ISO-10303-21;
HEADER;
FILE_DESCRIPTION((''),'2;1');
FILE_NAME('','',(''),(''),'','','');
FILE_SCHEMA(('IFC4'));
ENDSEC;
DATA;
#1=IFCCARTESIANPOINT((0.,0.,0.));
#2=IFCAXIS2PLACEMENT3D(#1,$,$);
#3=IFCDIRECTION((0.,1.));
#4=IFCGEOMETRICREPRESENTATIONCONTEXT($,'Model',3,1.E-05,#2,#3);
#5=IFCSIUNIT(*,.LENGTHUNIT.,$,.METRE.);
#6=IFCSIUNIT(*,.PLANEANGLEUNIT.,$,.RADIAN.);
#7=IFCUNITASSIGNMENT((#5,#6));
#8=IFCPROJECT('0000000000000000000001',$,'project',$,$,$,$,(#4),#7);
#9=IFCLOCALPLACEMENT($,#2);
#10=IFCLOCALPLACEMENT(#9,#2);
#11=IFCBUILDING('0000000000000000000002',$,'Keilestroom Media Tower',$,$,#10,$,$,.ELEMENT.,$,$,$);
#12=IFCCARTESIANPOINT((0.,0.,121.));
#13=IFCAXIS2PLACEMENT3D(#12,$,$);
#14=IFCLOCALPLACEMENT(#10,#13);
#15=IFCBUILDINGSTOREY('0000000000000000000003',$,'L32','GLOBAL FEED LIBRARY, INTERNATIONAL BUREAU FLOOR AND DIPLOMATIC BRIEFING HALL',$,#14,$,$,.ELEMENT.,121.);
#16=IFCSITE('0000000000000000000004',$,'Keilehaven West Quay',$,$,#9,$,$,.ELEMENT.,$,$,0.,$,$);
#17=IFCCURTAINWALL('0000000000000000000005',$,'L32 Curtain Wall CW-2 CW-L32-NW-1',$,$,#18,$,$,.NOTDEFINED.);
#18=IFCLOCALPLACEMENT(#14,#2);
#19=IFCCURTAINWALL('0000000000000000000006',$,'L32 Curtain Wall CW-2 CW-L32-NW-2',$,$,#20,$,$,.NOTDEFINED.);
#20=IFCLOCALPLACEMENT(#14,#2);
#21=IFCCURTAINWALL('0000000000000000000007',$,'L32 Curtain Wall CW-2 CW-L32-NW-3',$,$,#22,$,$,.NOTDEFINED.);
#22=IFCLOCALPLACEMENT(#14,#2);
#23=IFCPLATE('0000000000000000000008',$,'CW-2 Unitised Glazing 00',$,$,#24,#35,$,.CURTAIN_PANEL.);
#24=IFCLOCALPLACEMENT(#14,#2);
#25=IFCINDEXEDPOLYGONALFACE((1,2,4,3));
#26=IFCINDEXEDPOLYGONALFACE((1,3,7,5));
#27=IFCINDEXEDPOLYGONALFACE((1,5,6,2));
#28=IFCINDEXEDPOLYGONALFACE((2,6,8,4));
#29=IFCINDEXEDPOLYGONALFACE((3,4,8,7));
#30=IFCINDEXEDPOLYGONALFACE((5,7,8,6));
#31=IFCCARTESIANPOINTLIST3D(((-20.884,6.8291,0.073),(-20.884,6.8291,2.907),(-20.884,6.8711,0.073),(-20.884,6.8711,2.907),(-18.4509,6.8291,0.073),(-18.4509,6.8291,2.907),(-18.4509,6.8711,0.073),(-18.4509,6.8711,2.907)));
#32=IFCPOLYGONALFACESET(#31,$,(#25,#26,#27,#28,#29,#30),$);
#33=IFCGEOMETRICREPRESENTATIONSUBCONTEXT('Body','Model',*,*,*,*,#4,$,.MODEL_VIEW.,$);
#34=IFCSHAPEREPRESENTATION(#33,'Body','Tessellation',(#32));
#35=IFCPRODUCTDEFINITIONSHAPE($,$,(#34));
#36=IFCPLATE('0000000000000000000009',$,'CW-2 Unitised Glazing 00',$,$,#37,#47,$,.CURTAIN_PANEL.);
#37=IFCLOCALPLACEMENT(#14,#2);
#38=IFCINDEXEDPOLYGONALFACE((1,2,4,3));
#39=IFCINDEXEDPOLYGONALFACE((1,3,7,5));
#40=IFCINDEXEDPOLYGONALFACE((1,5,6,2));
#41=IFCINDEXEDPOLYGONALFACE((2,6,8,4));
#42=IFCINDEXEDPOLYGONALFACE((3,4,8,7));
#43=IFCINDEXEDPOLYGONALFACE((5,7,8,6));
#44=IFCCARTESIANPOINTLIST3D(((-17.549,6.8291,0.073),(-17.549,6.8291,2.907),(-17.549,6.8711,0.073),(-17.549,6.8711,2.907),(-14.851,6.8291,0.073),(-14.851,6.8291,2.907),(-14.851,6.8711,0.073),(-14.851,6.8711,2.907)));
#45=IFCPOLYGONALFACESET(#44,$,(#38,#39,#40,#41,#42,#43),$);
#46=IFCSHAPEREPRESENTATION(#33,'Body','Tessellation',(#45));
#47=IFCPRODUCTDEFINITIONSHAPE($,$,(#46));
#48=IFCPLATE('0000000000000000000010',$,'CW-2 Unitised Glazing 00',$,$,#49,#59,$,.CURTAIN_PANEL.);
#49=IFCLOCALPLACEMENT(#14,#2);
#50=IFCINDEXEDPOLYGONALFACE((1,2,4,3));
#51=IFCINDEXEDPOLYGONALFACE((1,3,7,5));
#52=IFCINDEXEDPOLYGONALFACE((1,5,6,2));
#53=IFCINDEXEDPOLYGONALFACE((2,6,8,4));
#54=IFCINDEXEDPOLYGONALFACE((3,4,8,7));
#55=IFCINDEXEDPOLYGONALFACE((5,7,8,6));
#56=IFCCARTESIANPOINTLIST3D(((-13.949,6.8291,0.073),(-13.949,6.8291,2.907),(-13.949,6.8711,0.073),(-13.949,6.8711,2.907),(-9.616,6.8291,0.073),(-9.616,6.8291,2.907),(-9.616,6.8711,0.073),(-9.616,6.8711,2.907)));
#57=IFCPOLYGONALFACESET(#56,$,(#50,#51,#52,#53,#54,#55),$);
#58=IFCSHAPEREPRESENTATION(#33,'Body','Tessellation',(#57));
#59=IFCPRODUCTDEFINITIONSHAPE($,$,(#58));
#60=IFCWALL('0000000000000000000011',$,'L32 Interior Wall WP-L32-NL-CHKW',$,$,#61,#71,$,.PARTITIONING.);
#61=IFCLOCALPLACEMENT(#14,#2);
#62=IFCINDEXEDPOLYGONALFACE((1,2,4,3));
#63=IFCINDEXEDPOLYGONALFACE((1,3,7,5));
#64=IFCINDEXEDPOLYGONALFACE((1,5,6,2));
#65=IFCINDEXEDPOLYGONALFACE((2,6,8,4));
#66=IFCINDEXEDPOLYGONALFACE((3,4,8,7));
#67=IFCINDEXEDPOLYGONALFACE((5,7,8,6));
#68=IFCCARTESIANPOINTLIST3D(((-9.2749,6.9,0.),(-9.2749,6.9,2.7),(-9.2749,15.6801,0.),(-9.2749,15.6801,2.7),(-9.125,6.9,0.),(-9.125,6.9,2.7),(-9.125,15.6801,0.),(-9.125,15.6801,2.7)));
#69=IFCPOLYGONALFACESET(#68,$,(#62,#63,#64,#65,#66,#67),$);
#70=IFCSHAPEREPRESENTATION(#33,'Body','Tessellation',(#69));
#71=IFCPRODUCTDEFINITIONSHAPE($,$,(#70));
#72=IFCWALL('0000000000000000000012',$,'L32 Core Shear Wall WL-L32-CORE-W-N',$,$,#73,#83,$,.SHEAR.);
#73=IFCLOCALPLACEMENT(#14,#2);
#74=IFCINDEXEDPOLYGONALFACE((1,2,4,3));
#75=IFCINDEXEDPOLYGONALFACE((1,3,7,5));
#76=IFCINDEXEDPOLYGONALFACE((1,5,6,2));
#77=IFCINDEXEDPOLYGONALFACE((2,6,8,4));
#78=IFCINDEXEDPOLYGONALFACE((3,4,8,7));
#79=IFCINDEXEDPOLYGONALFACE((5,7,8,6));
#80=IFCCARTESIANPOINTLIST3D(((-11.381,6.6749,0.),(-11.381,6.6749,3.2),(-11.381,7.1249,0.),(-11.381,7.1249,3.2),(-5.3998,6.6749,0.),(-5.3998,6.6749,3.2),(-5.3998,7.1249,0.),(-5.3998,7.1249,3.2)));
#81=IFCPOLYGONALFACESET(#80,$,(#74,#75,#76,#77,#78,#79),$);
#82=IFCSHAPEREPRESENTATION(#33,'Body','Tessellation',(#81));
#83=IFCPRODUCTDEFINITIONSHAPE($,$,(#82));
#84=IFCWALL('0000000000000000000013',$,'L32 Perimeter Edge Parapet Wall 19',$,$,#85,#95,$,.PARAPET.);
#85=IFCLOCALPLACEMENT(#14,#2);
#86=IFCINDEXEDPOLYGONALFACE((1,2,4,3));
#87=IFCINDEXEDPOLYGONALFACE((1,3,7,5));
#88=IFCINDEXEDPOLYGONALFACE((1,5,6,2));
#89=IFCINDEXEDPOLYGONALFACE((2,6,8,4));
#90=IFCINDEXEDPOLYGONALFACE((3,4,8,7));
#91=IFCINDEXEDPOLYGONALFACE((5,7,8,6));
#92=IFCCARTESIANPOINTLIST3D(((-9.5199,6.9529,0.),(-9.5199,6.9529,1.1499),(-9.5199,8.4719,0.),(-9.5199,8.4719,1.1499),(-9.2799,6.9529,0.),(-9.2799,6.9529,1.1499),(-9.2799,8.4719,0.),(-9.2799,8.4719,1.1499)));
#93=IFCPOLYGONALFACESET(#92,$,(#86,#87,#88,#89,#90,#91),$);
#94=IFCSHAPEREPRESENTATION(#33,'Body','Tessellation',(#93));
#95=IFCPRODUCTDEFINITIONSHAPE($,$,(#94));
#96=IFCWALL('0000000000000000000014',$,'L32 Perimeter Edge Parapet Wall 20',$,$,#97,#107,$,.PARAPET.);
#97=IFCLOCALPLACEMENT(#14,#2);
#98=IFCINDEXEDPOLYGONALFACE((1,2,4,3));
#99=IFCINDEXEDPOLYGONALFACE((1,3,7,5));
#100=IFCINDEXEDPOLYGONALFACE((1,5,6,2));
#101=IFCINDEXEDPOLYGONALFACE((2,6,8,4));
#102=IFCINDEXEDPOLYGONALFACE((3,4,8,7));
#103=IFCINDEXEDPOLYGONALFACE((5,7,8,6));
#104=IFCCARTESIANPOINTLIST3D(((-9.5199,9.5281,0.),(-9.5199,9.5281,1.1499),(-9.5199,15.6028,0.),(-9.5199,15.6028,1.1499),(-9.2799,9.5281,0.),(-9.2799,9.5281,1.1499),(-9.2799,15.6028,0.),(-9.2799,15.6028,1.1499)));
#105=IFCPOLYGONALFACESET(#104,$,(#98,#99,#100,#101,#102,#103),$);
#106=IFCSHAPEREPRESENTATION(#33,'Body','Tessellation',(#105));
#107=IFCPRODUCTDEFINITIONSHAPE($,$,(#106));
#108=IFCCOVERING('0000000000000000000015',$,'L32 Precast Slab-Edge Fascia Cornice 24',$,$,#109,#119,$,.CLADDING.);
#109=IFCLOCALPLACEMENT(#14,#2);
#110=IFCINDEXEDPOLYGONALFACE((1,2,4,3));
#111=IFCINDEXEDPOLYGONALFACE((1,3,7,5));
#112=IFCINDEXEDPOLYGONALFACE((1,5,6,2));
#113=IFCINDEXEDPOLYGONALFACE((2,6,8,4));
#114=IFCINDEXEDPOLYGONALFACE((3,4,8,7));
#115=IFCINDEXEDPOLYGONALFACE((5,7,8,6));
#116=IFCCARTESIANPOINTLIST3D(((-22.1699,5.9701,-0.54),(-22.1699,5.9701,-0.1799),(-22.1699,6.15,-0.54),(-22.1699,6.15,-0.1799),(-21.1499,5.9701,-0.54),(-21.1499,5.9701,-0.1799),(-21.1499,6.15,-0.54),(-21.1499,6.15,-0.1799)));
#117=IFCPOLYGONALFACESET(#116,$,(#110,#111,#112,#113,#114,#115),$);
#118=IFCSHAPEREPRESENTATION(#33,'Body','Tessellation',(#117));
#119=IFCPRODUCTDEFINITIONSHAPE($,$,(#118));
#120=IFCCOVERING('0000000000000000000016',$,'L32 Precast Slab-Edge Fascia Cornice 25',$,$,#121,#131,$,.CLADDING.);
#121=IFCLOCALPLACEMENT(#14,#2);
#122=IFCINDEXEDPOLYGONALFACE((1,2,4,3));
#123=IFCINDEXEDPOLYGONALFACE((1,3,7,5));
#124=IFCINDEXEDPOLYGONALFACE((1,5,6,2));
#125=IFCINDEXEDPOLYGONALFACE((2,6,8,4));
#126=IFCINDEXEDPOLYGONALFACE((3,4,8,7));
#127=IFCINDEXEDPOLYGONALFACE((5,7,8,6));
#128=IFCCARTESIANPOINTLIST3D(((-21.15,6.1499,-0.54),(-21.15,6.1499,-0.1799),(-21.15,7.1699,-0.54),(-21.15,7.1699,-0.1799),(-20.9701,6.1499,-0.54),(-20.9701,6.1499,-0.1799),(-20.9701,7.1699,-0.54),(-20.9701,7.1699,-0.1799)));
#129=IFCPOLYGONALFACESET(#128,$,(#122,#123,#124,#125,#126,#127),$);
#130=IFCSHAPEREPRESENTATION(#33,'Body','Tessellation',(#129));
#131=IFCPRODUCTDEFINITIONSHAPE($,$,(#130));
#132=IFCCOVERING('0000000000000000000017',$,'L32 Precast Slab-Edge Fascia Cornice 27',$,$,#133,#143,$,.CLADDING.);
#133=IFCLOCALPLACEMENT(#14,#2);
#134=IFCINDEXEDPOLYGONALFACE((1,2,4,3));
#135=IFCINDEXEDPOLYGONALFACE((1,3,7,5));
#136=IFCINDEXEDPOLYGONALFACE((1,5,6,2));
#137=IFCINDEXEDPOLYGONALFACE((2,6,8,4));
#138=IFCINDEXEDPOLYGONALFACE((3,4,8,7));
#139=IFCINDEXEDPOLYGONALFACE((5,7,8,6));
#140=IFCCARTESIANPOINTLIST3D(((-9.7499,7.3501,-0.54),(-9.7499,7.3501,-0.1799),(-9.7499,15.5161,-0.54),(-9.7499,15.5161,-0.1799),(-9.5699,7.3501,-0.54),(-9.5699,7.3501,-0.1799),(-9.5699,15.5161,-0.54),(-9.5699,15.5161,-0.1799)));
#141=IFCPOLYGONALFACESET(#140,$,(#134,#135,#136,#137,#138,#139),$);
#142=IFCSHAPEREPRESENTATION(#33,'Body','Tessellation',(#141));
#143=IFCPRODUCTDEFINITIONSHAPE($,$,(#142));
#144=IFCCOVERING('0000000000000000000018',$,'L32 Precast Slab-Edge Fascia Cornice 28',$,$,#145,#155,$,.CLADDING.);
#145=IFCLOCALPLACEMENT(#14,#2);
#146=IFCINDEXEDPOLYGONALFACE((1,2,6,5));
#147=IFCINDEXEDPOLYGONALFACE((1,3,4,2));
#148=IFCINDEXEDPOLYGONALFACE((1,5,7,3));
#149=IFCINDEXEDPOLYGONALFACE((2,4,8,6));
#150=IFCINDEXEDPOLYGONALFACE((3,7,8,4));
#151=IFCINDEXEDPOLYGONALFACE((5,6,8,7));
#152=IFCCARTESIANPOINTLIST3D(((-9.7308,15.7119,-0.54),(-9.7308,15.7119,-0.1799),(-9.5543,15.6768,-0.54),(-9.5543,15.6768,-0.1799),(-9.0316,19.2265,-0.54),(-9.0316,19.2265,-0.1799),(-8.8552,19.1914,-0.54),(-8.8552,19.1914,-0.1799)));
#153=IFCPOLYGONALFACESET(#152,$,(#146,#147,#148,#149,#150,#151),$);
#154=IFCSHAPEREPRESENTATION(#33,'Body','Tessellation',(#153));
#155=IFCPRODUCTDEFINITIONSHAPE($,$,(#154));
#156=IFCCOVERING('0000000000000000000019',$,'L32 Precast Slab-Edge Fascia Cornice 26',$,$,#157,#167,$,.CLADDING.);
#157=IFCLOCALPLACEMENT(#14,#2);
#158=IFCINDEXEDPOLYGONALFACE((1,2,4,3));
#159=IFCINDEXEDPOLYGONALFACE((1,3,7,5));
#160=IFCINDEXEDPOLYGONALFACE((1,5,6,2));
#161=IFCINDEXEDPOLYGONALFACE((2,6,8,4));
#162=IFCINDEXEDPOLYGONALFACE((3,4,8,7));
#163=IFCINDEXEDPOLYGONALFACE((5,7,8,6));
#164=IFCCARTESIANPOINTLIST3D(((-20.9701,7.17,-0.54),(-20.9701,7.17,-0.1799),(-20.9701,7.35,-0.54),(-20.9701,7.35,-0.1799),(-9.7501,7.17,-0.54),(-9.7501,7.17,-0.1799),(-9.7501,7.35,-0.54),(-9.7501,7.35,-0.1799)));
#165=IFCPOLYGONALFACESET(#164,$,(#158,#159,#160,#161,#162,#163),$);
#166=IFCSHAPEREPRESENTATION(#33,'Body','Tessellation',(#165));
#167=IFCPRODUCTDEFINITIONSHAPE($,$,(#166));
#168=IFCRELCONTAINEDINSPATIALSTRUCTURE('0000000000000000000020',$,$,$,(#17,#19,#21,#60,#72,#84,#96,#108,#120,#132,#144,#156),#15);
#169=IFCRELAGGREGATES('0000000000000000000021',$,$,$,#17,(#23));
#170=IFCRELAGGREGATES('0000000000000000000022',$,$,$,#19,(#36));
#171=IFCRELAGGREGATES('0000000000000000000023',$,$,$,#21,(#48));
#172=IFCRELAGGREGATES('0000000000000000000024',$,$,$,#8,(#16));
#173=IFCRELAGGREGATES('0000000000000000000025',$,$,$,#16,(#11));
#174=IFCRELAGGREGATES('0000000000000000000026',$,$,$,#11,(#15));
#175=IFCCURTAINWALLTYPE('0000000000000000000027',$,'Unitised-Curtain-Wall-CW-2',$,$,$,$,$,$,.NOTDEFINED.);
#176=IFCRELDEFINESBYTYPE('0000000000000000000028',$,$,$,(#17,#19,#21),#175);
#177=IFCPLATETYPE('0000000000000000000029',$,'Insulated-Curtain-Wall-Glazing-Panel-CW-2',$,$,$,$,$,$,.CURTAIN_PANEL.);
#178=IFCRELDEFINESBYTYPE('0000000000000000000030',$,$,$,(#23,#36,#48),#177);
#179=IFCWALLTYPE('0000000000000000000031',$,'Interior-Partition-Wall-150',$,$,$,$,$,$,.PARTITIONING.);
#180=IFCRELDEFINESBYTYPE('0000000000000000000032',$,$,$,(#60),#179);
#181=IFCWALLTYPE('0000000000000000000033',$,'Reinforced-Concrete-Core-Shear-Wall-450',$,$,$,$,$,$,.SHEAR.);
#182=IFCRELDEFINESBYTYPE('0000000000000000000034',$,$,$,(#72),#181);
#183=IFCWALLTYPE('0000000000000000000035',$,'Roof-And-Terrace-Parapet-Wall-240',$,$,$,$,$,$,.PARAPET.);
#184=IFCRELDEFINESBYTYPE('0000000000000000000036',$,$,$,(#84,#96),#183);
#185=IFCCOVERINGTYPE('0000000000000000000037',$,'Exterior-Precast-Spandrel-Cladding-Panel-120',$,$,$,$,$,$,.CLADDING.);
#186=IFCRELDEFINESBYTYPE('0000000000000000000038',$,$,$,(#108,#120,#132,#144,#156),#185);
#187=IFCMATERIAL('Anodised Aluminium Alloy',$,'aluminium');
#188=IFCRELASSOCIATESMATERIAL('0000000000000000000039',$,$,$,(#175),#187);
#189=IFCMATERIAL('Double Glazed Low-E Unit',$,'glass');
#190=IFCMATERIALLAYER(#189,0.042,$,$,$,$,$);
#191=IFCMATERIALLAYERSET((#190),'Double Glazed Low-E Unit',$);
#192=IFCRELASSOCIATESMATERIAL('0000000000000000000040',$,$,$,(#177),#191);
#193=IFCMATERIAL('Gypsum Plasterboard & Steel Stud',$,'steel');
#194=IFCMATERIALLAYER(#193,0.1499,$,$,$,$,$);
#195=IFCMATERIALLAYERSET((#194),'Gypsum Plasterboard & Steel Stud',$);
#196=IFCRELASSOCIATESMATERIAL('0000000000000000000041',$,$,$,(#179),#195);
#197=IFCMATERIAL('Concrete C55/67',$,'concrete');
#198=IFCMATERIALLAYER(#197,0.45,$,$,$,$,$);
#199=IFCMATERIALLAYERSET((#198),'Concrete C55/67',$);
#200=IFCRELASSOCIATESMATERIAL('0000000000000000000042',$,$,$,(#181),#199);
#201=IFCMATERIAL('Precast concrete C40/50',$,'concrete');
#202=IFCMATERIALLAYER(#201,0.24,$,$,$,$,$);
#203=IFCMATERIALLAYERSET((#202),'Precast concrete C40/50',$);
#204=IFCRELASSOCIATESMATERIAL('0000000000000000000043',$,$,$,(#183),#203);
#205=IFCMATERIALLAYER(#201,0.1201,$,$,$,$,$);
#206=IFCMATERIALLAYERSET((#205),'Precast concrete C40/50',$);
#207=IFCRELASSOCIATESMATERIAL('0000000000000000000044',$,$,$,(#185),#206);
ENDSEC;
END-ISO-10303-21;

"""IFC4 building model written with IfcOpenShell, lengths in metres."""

from ifc_helpers import new_model, si_unit, direction, frame, frame_2d, origin, origin_2d, place, context, subcontext, project, spatial, rectangle, extrude, source, transform, mapped, material, layer, layer_set, type_object, element, aggregate, save


model = new_model("IFC4")

# Units and contexts
model_context = context("Model", 3, precision=1e-05, world=origin(), true_north=direction((0.0, 1.0)))
body_context = subcontext(model_context, "Body", "Model", "MODEL_VIEW")
ifc_project = project(units=[si_unit("LENGTHUNIT", "METRE"), si_unit("PLANEANGLEUNIT", "RADIAN")], contexts=[model_context])

# Site, building, storey
site_placement = place(None, origin())
site = spatial("IfcSite", under=ifc_project, at=site_placement, Name="Keilehaven West Quay", CompositionType="ELEMENT", RefElevation=0.0)
building_placement = place(site_placement, origin())
building = spatial("IfcBuilding", under=site, at=building_placement, Name="Keilestroom Media Tower", CompositionType="ELEMENT")
storey_placement = place(building_placement, frame((0.0, 0.0, 121.0)))
storey = spatial("IfcBuildingStorey", under=building, at=storey_placement, Name="L32", Description="GLOBAL FEED LIBRARY, INTERNATIONAL BUREAU FLOOR AND DIPLOMATIC BRIEFING HALL", CompositionType="ELEMENT", Elevation=121.0)

# Shared definitions
ifc_material_1 = material(Name="Precast concrete C40/50", Category="concrete")
ifc_material_2 = material(Name="Concrete C55/67", Category="concrete")

# Curtain walls
ifc_material_3 = material(Name="Anodised Aluminium Alloy", Category="aluminium")
curtain_wall_type = type_object("IfcCurtainWallType", Name="Unitised-Curtain-Wall-CW-2", PredefinedType="NOTDEFINED", material=ifc_material_3)
curtain_wall_1_placement = place(storey_placement, origin())
curtain_wall_1 = element("IfcCurtainWall", 1, at=curtain_wall_1_placement, inside=storey, type_object=curtain_wall_type, Name="L32 Curtain Wall CW-2 CW-L32-NW-1", PredefinedType="NOTDEFINED")
curtain_wall_2_placement = place(storey_placement, origin())
curtain_wall_2 = element("IfcCurtainWall", 2, at=curtain_wall_2_placement, inside=storey, type_object=curtain_wall_type, Name="L32 Curtain Wall CW-2 CW-L32-NW-2", PredefinedType="NOTDEFINED")
curtain_wall_3_placement = place(storey_placement, origin())
curtain_wall_3 = element("IfcCurtainWall", 3, at=curtain_wall_3_placement, inside=storey, type_object=curtain_wall_type, Name="L32 Curtain Wall CW-2 CW-L32-NW-3", PredefinedType="NOTDEFINED")

# Plates
ifc_material_4 = material(Name="Double Glazed Low-E Unit", Category="glass")
ifc_layer_1 = layer(ifc_material_4, 0.042)
ifc_layer_set_1 = layer_set([ifc_layer_1], Name="Double Glazed Low-E Unit")
plate_type = type_object("IfcPlateType", Name="Insulated-Curtain-Wall-Glazing-Panel-CW-2", PredefinedType="CURTAIN_PANEL", material=ifc_layer_set_1)
shared_shape_1 = source(origin(), body_context, "Body", "SweptSolid", [
    extrude(rectangle(XDim=2.4331, YDim=0.042, at=origin_2d()), origin(), (0.0, 0.0, 1.0), 2.834),
])
plate_1_placement = place(storey_placement, frame((-19.6675, 6.8501, 0.073), z_axis=(0.0, 0.0, 1.0), x_axis=(1.0, 0.0, 0.0)))
plate_1 = element("IfcPlate", 4, at=plate_1_placement, type_object=plate_type, Name="CW-2 Unitised Glazing 00", PredefinedType="CURTAIN_PANEL", context=body_context, shape_type="MappedRepresentation", body=[
    mapped(shared_shape_1, transform((0.0, 0.0, 0.0), x_axis=(1.0, 0.0, 0.0), y_axis=(0.0, 1.0, 0.0), z_axis=(0.0, 0.0, 1.0), scale=1.0)),
])
aggregate(curtain_wall_1, [plate_1])
shared_shape_2 = source(origin(), body_context, "Body", "SweptSolid", [
    extrude(rectangle(XDim=2.698, YDim=0.042, at=origin_2d()), origin(), (0.0, 0.0, 1.0), 2.834),
])
plate_2_placement = place(storey_placement, frame((-16.2, 6.8501, 0.073), z_axis=(0.0, 0.0, 1.0), x_axis=(1.0, 0.0, 0.0)))
plate_2 = element("IfcPlate", 5, at=plate_2_placement, type_object=plate_type, Name="CW-2 Unitised Glazing 00", PredefinedType="CURTAIN_PANEL", context=body_context, shape_type="MappedRepresentation", body=[
    mapped(shared_shape_2, transform((0.0, 0.0, 0.0), x_axis=(1.0, 0.0, 0.0), y_axis=(0.0, 1.0, 0.0), z_axis=(0.0, 0.0, 1.0), scale=1.0)),
])
aggregate(curtain_wall_2, [plate_2])
shared_shape_3 = source(origin(), body_context, "Body", "SweptSolid", [
    extrude(rectangle(XDim=4.333, YDim=0.042, at=origin_2d()), origin(), (0.0, 0.0, 1.0), 2.834),
])
plate_3_placement = place(storey_placement, frame((-11.7825, 6.8501, 0.073), z_axis=(0.0, 0.0, 1.0), x_axis=(1.0, 0.0, 0.0)))
plate_3 = element("IfcPlate", 6, at=plate_3_placement, type_object=plate_type, Name="CW-2 Unitised Glazing 00", PredefinedType="CURTAIN_PANEL", context=body_context, shape_type="MappedRepresentation", body=[
    mapped(shared_shape_3, transform((0.0, 0.0, 0.0), x_axis=(1.0, 0.0, 0.0), y_axis=(0.0, 1.0, 0.0), z_axis=(0.0, 0.0, 1.0), scale=1.0)),
])
aggregate(curtain_wall_3, [plate_3])

# Walls
ifc_material_5 = material(Name="Gypsum Plasterboard & Steel Stud", Category="steel")
ifc_layer_2 = layer(ifc_material_5, 0.1499)
ifc_layer_set_2 = layer_set([ifc_layer_2], Name="Gypsum Plasterboard & Steel Stud")
wall_type_1 = type_object("IfcWallType", Name="Interior-Partition-Wall-150", PredefinedType="PARTITIONING", material=ifc_layer_set_2)
wall_1_placement = place(storey_placement, frame((-9.2, 6.8999, 0.0), z_axis=(0.0, 0.0, 1.0), x_axis=(0.0, 1.0, 0.0)))
element("IfcWall", 7, at=wall_1_placement, inside=storey, type_object=wall_type_1, Name="L32 Interior Wall WP-L32-NL-CHKW", PredefinedType="PARTITIONING", context=body_context, shape_type="SweptSolid", body=[
    extrude(rectangle(XDim=8.78, YDim=0.1499, at=frame_2d((4.3901, 0.0))), origin(), (0.0, 0.0, 1.0), 2.7),
])
ifc_layer_3 = layer(ifc_material_2, 0.45)
ifc_layer_set_3 = layer_set([ifc_layer_3], Name="Concrete C55/67")
wall_type_2 = type_object("IfcWallType", Name="Reinforced-Concrete-Core-Shear-Wall-450", PredefinedType="SHEAR", material=ifc_layer_set_3)
wall_2_placement = place(storey_placement, frame((-11.3811, 6.8999, 0.0), z_axis=(0.0, 0.0, 1.0), x_axis=(1.0, 0.0, 0.0)))
element("IfcWall", 8, at=wall_2_placement, inside=storey, type_object=wall_type_2, Name="L32 Core Shear Wall WL-L32-CORE-W-N", PredefinedType="SHEAR", context=body_context, shape_type="SweptSolid", body=[
    extrude(rectangle(XDim=5.9812, YDim=0.45, at=frame_2d((2.9907, 0.0))), origin(), (0.0, 0.0, 1.0), 3.2),
])
ifc_layer_4 = layer(ifc_material_1, 0.24)
ifc_layer_set_4 = layer_set([ifc_layer_4], Name="Precast concrete C40/50")
wall_type_3 = type_object("IfcWallType", Name="Roof-And-Terrace-Parapet-Wall-240", PredefinedType="PARAPET", material=ifc_layer_set_4)
wall_3_placement = place(storey_placement, frame((-9.3999, 6.9529, 0.0), z_axis=(0.0, 0.0, 1.0), x_axis=(0.0, 1.0, 0.0)))
element("IfcWall", 9, at=wall_3_placement, inside=storey, type_object=wall_type_3, Name="L32 Perimeter Edge Parapet Wall 19", PredefinedType="PARAPET", context=body_context, shape_type="SweptSolid", body=[
    extrude(rectangle(XDim=1.519, YDim=0.24, at=frame_2d((0.7595, 0.0))), origin(), (0.0, 0.0, 1.0), 1.1499),
])
wall_4_placement = place(storey_placement, frame((-9.3999, 9.5281, 0.0), z_axis=(0.0, 0.0, 1.0), x_axis=(0.0, 1.0, 0.0)))
element("IfcWall", 10, at=wall_4_placement, inside=storey, type_object=wall_type_3, Name="L32 Perimeter Edge Parapet Wall 20", PredefinedType="PARAPET", context=body_context, shape_type="SweptSolid", body=[
    extrude(rectangle(XDim=6.0747, YDim=0.24, at=frame_2d((3.0374, 0.0))), origin(), (0.0, 0.0, 1.0), 1.1499),
])

# Coverings
ifc_layer_5 = layer(ifc_material_1, 0.1201)
ifc_layer_set_5 = layer_set([ifc_layer_5], Name="Precast concrete C40/50")
covering_type = type_object("IfcCoveringType", Name="Exterior-Precast-Spandrel-Cladding-Panel-120", PredefinedType="CLADDING", material=ifc_layer_set_5)
shared_shape_4 = source(origin(), body_context, "Body", "SweptSolid", [
    extrude(rectangle(XDim=1.02, YDim=0.1799, at=origin_2d()), origin(), (0.0, 0.0, 1.0), 0.3601),
])
for number, where, z_axis, x_axis, name in (
    (11, (-21.6599, 6.0601, -0.54), (0.0, 0.0, 1.0), (1.0, 0.0, 0.0), "L32 Precast Slab-Edge Fascia Cornice 24"),
    (12, (-21.0601, 6.6599, -0.54), (0.0, 0.0, 1.0), (0.0, 1.0, 0.0), "L32 Precast Slab-Edge Fascia Cornice 25"),
):
    element("IfcCovering", number, at=place(storey_placement, frame(where, z_axis=z_axis, x_axis=x_axis)), inside=storey, type_object=covering_type, Name=name, PredefinedType="CLADDING", context=body_context, shape_type="MappedRepresentation", body=[
        mapped(shared_shape_4, transform((0.0, 0.0, 0.0), x_axis=(1.0, 0.0, 0.0), y_axis=(0.0, 1.0, 0.0), z_axis=(0.0, 0.0, 1.0), scale=1.0)),
    ])
shared_shape_5 = source(origin(), body_context, "Body", "SweptSolid", [
    extrude(rectangle(XDim=8.166, YDim=0.1799, at=origin_2d()), origin(), (0.0, 0.0, 1.0), 0.3601),
])
covering_1_placement = place(storey_placement, frame((-9.6599, 11.4331, -0.54), z_axis=(0.0, 0.0, 1.0), x_axis=(0.0, 1.0, 0.0)))
element("IfcCovering", 13, at=covering_1_placement, inside=storey, type_object=covering_type, Name="L32 Precast Slab-Edge Fascia Cornice 27", PredefinedType="CLADDING", context=body_context, shape_type="MappedRepresentation", body=[
    mapped(shared_shape_5, transform((0.0, 0.0, 0.0), x_axis=(1.0, 0.0, 0.0), y_axis=(0.0, 1.0, 0.0), z_axis=(0.0, 0.0, 1.0), scale=1.0)),
])
shared_shape_6 = source(origin(), body_context, "Body", "SweptSolid", [
    extrude(rectangle(XDim=3.5835, YDim=0.1799, at=origin_2d()), origin(), (0.0, 0.0, 1.0), 0.3601),
])
covering_2_placement = place(storey_placement, frame((-9.293, 17.4517, -0.54), z_axis=(0.0, 0.0, 1.0), x_axis=(0.195099, 0.980784, 0.0)))
element("IfcCovering", 14, at=covering_2_placement, inside=storey, type_object=covering_type, Name="L32 Precast Slab-Edge Fascia Cornice 28", PredefinedType="CLADDING", context=body_context, shape_type="MappedRepresentation", body=[
    mapped(shared_shape_6, transform((0.0, 0.0, 0.0), x_axis=(1.0, 0.0, 0.0), y_axis=(0.0, 1.0, 0.0), z_axis=(0.0, 0.0, 1.0), scale=1.0)),
])
shared_shape_7 = source(origin(), body_context, "Body", "SweptSolid", [
    extrude(rectangle(XDim=11.22, YDim=0.1799, at=origin_2d()), origin(), (0.0, 0.0, 1.0), 0.3601),
])
covering_3_placement = place(storey_placement, frame((-15.3601, 7.26, -0.54), z_axis=(0.0, 0.0, 1.0), x_axis=(1.0, 0.0, 0.0)))
element("IfcCovering", 15, at=covering_3_placement, inside=storey, type_object=covering_type, Name="L32 Precast Slab-Edge Fascia Cornice 26", PredefinedType="CLADDING", context=body_context, shape_type="MappedRepresentation", body=[
    mapped(shared_shape_7, transform((0.0, 0.0, 0.0), x_axis=(1.0, 0.0, 0.0), y_axis=(0.0, 1.0, 0.0), z_axis=(0.0, 0.0, 1.0), scale=1.0)),
])

save(model, "model.ifc")
